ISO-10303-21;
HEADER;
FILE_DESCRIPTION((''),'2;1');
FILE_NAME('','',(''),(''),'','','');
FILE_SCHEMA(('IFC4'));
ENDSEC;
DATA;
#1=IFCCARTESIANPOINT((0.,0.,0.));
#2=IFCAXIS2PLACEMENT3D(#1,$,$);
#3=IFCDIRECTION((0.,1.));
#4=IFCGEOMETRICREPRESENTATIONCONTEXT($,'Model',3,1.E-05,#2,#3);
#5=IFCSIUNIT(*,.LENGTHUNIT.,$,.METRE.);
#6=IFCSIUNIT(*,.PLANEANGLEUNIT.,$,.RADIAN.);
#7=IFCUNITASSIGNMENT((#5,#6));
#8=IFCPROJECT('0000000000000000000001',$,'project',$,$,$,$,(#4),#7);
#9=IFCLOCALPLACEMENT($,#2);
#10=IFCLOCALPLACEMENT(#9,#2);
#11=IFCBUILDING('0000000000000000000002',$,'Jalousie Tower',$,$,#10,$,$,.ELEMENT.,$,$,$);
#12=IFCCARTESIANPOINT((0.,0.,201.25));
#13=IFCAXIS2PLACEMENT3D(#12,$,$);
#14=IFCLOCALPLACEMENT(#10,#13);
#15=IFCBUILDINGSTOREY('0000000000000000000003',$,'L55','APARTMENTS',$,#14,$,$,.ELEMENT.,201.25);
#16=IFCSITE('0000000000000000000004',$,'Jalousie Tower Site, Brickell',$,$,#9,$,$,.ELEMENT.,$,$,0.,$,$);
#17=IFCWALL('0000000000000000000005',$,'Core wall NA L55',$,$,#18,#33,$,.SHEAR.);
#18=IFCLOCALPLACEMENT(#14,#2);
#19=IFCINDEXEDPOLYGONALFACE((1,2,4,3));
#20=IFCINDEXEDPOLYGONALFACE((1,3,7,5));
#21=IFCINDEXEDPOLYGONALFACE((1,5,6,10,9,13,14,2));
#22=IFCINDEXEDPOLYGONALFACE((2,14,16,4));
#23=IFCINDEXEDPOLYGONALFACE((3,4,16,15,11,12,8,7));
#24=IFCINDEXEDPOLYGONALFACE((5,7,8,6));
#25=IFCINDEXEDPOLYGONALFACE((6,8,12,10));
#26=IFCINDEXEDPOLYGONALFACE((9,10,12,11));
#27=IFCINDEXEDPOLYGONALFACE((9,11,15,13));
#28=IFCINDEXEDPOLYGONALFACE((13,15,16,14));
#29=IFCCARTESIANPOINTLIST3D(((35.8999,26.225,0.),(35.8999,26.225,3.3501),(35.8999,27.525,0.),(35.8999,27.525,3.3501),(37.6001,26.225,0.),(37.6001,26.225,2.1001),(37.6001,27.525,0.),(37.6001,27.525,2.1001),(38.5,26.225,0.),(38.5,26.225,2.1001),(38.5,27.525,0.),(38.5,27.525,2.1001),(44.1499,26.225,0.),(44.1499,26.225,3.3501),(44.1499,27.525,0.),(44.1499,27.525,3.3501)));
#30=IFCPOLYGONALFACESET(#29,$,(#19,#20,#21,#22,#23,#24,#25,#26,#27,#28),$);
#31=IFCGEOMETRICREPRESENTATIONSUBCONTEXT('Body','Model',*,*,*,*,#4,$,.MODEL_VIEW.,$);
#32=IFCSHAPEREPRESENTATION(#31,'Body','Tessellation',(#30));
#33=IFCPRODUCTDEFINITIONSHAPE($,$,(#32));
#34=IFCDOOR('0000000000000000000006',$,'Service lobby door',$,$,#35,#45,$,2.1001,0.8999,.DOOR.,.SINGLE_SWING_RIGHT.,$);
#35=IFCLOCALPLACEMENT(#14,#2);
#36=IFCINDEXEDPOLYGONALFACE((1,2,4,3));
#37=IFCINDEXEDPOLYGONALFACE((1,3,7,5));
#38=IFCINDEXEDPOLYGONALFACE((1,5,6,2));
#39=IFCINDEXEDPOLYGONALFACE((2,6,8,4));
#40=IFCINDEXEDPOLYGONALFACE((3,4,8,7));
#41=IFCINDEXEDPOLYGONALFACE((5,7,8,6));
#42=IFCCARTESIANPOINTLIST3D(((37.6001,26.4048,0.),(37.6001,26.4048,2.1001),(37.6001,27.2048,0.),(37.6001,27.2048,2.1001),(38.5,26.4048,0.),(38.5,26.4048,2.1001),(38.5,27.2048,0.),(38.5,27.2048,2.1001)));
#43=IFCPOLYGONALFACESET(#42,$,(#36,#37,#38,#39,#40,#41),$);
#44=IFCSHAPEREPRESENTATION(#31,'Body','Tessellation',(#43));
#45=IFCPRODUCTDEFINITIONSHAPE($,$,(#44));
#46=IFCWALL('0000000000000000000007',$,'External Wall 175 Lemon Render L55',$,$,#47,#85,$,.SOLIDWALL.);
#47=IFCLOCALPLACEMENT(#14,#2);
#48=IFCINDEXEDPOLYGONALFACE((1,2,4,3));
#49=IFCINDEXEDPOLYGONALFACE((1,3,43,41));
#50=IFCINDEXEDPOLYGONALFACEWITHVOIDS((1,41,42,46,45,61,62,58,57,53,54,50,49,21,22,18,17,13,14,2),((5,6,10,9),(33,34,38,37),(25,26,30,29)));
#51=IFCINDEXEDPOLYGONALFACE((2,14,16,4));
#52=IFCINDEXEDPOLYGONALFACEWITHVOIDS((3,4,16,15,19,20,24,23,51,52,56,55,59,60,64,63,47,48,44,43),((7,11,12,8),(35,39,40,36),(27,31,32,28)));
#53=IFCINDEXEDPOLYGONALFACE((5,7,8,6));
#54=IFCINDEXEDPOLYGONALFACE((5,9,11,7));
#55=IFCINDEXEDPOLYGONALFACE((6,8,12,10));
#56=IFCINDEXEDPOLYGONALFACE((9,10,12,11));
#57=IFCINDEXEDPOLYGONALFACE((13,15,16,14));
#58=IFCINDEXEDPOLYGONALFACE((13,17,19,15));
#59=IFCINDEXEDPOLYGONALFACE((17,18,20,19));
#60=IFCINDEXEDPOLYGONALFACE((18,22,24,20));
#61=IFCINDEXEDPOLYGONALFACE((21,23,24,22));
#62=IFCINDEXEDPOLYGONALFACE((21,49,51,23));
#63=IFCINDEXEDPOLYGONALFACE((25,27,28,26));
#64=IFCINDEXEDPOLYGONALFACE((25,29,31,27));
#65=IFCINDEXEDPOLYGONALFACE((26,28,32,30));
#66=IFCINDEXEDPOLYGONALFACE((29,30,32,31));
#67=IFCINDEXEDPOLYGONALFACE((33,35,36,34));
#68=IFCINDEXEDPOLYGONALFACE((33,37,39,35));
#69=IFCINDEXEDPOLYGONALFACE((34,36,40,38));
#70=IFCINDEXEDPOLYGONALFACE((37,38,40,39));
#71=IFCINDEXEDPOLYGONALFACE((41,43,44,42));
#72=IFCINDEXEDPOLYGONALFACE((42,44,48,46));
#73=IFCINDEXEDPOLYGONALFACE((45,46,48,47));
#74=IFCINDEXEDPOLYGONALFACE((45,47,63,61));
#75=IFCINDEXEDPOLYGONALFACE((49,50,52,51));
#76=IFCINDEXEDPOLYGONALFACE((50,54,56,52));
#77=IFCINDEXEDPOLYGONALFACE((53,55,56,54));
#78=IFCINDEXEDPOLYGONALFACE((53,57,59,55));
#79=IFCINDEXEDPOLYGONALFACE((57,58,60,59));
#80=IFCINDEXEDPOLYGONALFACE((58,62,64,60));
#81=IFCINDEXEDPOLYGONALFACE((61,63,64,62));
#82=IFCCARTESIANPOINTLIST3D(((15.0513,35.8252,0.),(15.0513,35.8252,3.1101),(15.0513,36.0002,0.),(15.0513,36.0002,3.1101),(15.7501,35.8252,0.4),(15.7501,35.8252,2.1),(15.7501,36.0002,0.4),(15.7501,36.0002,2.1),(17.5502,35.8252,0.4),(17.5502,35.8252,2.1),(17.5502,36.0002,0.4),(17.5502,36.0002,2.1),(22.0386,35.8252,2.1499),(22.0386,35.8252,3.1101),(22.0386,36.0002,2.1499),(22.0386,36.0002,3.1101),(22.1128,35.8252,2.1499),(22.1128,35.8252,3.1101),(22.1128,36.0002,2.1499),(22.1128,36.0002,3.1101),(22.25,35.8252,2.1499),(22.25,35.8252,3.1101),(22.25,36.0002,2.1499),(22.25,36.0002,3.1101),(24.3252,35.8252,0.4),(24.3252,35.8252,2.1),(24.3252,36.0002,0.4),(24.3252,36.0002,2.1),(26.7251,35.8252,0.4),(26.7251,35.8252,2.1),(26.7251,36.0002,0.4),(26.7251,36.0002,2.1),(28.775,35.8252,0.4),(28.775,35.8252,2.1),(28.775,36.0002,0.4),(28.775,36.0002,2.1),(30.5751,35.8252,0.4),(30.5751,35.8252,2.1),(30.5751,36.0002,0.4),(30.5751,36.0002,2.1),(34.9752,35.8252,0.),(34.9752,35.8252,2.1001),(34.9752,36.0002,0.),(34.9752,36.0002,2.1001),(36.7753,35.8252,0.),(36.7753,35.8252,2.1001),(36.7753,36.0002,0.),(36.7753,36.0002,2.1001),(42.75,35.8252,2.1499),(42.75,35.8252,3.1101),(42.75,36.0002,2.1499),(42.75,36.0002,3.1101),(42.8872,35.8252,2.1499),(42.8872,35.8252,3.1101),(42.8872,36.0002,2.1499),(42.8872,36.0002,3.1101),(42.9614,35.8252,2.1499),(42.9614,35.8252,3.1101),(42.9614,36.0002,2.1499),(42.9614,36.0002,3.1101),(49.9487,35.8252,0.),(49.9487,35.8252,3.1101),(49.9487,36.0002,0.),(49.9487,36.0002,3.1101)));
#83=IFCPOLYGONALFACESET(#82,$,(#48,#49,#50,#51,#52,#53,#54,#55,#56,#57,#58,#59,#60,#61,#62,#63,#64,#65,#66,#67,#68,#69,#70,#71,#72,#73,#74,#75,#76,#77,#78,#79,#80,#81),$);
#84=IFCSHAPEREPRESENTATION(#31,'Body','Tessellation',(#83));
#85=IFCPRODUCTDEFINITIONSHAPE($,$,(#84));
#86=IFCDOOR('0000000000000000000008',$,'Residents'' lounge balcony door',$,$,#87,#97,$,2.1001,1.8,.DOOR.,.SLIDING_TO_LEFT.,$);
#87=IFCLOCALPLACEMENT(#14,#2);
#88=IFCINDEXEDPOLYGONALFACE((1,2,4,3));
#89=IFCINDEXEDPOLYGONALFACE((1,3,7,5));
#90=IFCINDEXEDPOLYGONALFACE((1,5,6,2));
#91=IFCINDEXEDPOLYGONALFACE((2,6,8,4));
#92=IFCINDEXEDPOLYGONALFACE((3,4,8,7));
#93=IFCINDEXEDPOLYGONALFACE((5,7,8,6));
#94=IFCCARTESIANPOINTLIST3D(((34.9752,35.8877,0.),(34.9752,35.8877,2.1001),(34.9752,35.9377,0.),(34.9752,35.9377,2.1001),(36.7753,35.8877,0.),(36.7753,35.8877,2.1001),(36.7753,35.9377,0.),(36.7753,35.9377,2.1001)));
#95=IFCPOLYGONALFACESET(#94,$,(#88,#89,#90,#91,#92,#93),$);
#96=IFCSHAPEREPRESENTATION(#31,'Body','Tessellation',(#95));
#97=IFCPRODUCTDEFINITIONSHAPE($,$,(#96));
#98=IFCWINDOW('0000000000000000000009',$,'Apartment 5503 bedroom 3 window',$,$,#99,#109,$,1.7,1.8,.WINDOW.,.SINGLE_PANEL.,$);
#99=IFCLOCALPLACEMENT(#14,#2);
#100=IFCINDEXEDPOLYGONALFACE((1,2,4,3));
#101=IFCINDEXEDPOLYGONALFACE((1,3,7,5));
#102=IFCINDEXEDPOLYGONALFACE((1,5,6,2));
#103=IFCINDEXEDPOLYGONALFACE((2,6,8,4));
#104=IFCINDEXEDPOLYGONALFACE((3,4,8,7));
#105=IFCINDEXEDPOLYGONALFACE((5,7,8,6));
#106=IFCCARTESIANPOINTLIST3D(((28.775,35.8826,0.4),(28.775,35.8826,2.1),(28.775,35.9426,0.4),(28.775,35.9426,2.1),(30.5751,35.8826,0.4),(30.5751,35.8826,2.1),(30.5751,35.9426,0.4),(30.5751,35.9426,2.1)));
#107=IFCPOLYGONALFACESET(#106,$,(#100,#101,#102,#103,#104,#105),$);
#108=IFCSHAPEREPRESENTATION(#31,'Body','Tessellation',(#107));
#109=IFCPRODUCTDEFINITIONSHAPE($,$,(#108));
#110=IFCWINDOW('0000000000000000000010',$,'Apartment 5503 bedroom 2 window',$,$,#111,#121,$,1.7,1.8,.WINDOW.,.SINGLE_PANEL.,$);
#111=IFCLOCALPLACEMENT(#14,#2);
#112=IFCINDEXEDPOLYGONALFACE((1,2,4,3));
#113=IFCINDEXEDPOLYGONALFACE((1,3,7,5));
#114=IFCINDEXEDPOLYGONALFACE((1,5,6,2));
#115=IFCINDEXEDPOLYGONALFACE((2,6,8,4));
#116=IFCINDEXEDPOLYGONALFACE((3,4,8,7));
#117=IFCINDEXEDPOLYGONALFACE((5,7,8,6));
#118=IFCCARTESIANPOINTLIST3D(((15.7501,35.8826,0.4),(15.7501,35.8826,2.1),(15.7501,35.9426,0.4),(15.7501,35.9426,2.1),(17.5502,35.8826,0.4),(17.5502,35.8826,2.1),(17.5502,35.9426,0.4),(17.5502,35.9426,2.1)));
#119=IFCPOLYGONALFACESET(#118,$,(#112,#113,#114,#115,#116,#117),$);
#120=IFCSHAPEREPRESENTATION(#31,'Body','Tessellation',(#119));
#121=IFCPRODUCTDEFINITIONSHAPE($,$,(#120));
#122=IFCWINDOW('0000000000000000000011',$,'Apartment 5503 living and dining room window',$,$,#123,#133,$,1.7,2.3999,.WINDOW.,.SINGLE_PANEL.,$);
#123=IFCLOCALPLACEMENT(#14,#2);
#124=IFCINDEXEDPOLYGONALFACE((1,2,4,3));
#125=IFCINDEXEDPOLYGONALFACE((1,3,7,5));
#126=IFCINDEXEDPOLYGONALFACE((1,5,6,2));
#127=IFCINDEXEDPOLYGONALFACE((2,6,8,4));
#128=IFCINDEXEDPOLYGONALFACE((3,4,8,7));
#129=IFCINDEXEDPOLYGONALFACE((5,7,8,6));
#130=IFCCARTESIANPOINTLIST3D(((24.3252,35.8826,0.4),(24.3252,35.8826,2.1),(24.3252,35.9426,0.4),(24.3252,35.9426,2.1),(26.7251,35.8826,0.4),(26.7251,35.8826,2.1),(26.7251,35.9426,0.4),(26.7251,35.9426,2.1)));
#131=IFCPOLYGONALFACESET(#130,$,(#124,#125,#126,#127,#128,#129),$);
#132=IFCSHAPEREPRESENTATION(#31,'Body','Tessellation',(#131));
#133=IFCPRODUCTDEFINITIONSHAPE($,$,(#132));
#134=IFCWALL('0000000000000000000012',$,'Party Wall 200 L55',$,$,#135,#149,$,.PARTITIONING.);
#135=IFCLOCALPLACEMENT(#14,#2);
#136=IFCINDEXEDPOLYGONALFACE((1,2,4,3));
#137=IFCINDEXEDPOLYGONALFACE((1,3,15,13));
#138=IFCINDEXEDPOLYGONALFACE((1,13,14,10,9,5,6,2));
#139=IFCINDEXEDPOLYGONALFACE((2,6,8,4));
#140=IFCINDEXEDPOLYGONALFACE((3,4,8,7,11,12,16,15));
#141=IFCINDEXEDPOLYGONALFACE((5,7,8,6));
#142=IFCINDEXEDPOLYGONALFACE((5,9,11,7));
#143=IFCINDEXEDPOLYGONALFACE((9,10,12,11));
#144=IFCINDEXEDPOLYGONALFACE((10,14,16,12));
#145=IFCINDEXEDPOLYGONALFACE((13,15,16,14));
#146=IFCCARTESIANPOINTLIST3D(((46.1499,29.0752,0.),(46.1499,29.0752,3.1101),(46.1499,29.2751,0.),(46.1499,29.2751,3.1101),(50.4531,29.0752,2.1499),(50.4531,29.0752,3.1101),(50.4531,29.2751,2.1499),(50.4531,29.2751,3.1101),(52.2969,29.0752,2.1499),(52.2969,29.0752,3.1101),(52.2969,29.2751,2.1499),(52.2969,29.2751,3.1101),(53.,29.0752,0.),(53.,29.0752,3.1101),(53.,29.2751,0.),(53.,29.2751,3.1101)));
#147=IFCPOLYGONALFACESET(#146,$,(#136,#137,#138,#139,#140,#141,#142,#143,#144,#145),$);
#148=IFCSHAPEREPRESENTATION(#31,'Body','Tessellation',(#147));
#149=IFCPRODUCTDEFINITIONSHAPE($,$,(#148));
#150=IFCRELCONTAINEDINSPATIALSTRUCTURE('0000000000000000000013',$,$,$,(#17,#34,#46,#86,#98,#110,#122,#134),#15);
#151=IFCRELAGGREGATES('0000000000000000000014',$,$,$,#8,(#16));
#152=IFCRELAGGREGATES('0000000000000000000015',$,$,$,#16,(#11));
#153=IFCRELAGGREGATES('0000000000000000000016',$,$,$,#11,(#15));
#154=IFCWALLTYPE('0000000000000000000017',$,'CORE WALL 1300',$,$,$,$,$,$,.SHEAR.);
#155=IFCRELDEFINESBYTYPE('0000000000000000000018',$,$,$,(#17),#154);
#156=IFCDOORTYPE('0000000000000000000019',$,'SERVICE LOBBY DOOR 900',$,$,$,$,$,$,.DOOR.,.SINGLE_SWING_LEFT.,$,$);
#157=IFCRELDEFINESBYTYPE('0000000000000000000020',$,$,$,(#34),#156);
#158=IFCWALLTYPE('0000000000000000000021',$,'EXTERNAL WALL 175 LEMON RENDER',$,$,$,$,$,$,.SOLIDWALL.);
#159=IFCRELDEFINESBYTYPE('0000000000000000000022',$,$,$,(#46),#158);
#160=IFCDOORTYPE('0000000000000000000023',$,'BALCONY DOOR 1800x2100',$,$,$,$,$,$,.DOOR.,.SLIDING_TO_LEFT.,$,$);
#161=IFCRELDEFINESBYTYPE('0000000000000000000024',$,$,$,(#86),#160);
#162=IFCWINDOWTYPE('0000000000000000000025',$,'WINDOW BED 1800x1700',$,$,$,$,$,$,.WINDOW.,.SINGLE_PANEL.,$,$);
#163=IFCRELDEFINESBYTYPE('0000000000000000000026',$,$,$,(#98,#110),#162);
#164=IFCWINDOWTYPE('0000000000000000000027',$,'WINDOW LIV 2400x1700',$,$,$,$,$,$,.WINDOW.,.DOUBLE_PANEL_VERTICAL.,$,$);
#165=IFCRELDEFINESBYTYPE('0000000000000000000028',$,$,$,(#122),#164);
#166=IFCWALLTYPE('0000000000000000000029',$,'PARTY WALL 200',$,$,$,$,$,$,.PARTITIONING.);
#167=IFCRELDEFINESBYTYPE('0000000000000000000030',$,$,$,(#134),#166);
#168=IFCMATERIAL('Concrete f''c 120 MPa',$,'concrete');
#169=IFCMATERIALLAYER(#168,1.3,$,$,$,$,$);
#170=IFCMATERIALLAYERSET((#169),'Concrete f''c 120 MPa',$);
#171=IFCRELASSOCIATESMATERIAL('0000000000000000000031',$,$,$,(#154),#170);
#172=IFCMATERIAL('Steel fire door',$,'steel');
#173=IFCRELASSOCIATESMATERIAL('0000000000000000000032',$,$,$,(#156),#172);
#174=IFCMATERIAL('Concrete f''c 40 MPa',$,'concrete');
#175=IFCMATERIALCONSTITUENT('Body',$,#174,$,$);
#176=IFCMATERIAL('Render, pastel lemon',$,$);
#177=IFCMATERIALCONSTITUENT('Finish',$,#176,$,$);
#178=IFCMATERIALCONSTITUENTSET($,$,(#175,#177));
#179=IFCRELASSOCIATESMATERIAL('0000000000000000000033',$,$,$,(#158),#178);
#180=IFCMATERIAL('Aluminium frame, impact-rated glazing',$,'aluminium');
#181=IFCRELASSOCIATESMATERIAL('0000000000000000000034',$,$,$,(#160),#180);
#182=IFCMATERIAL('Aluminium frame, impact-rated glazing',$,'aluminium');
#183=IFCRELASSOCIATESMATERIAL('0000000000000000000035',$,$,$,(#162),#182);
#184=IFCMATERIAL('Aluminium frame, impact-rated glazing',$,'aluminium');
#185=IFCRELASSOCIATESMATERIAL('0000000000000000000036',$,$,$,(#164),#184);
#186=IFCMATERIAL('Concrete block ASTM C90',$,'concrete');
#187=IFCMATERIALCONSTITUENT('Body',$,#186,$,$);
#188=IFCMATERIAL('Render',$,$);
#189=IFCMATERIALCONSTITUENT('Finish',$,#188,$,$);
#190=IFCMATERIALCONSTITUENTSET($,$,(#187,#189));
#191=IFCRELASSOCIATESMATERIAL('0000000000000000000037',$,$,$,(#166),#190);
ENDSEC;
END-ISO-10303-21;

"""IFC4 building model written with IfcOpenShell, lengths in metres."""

from ifc_helpers import new_model, si_unit, direction, frame, frame_2d, origin, place, context, subcontext, project, spatial, polyline, rectangle, outline, extrude, material, layer, layer_set, constituent, constituent_set, type_object, element, fill, save


model = new_model("IFC4")

# Units and contexts
model_context = context("Model", 3, precision=1e-05, world=origin(), true_north=direction((0.0, 1.0)))
body_context = subcontext(model_context, "Body", "Model", "MODEL_VIEW")
ifc_project = project(units=[si_unit("LENGTHUNIT", "METRE"), si_unit("PLANEANGLEUNIT", "RADIAN")], contexts=[model_context])

# Site, building, storey
site_placement = place(None, origin())
site = spatial("IfcSite", under=ifc_project, at=site_placement, Name="Jalousie Tower Site, Brickell", CompositionType="ELEMENT", RefElevation=0.0)
building_placement = place(site_placement, origin())
building = spatial("IfcBuilding", under=site, at=building_placement, Name="Jalousie Tower", CompositionType="ELEMENT")
storey_placement = place(building_placement, frame((0.0, 0.0, 201.25)))
storey = spatial("IfcBuildingStorey", under=building, at=storey_placement, Name="L55", Description="APARTMENTS", CompositionType="ELEMENT", Elevation=201.25)

# Wall, opening, door
ifc_material_1 = material(Name="Concrete f'c 120 MPa", Category="concrete")
ifc_layer_1 = layer(ifc_material_1, 1.3)
ifc_layer_set_1 = layer_set([ifc_layer_1], Name="Concrete f'c 120 MPa")
wall_type_1 = type_object("IfcWallType", Name="CORE WALL 1300", PredefinedType="SHEAR", material=ifc_layer_set_1)
wall_1_placement = place(storey_placement, frame((44.1499, 26.875, 0.0), z_axis=(0.0, 0.0, 1.0), x_axis=(-1.0, 0.0, 0.0)))
wall_1 = element("IfcWall", 1, at=wall_1_placement, inside=storey, type_object=wall_type_1, Name="Core wall NA L55", PredefinedType="SHEAR", context=body_context, shape_type="SweptSolid", body=[
    extrude(rectangle(XDim=8.25, YDim=1.3, at=frame_2d((4.125, 0.0))), origin(), (0.0, 0.0, 1.0), 3.3501),
])
opening_1_placement = place(wall_1_placement, frame((5.6499, 0.0, 0.0)))
opening_1 = element("IfcOpeningElement", 2, at=opening_1_placement, cuts=wall_1, PredefinedType="OPENING", context=body_context, shape_type="SweptSolid", body=[
    extrude(rectangle(XDim=0.8999, YDim=2.1001, at=frame_2d((0.45, 1.05))), frame((0.0, 0.6599, 0.0), z_axis=(0.0, -1.0, 0.0), x_axis=(1.0, 0.0, 0.0)), (0.0, 0.0, 1.0), 1.3201),
])
ifc_material_2 = material(Name="Steel fire door", Category="steel")
door_type_1 = type_object("IfcDoorType", Name="SERVICE LOBBY DOOR 900", OperationType="SINGLE_SWING_LEFT", PredefinedType="DOOR", material=ifc_material_2)
door_1_placement = place(opening_1_placement, origin())
door_1 = element("IfcDoor", 3, at=door_1_placement, inside=storey, type_object=door_type_1, Name="Service lobby door", OperationType="SINGLE_SWING_RIGHT", OverallHeight=2.1001, OverallWidth=0.8999, PredefinedType="DOOR", context=body_context, shape_type="SweptSolid", body=[
    extrude(rectangle(XDim=0.8999, YDim=2.1001, at=frame_2d((0.45, 1.05))), frame((0.0, 0.4702, 0.0), z_axis=(0.0, -1.0, 0.0), x_axis=(1.0, 0.0, 0.0)), (0.0, 0.0, 1.0), 0.8),
])
fill(opening_1, door_1)

# Wall, openings, door, windows
ifc_material_3 = material(Name="Concrete f'c 40 MPa", Category="concrete")
ifc_constituent_1 = constituent(ifc_material_3, Name="Body")
ifc_material_4 = material(Name="Render, pastel lemon")
ifc_constituent_2 = constituent(ifc_material_4, Name="Finish")
ifc_constituent_set_1 = constituent_set(constituents=[ifc_constituent_1, ifc_constituent_2])
wall_type_2 = type_object("IfcWallType", Name="EXTERNAL WALL 175 LEMON RENDER", PredefinedType="SOLIDWALL", material=ifc_constituent_set_1)
wall_2_placement = place(storey_placement, frame((49.9487, 35.9126, 0.0), z_axis=(0.0, 0.0, 1.0), x_axis=(-1.0, 0.0, 0.0)))
wall_2 = element("IfcWall", 4, at=wall_2_placement, inside=storey, type_object=wall_type_2, Name="External Wall 175 Lemon Render L55", PredefinedType="SOLIDWALL", context=body_context, shape_type="SweptSolid", body=[
    extrude(outline(polyline([(0.0, 0.0), (34.8975, 0.0), (34.8975, 3.1101), (27.9102, 3.1101), (27.9102, 2.1499), (27.8359, 2.1499), (27.8359, 3.1101), (27.6987, 3.1101), (27.6987, 2.1499), (7.1987, 2.1499), (7.1987, 3.1101), (7.0615, 3.1101), (7.0615, 2.1499), (6.9873, 2.1499), (6.9873, 3.1101), (0.0, 3.1101), (0.0, 0.0)])), frame((0.0, 0.0874, 0.0), z_axis=(0.0, -1.0, 0.0), x_axis=(1.0, 0.0, 0.0)), (0.0, 0.0, 1.0), 0.175),
])
opening_2_placement = place(wall_2_placement, frame((13.1736, 0.0, 0.0)))
opening_2 = element("IfcOpeningElement", 5, at=opening_2_placement, cuts=wall_2, PredefinedType="OPENING", context=body_context, shape_type="SweptSolid", body=[
    extrude(rectangle(XDim=1.8, YDim=2.1001, at=frame_2d((0.8999, 1.05))), frame((0.0, 0.0974, 0.0), z_axis=(0.0, -1.0, 0.0), x_axis=(1.0, 0.0, 0.0)), (0.0, 0.0, 1.0), 0.1951),
])
opening_3_placement = place(wall_2_placement, frame((19.3738, 0.0, 0.3999)))
opening_3 = element("IfcOpeningElement", 6, at=opening_3_placement, cuts=wall_2, PredefinedType="OPENING", context=body_context, shape_type="SweptSolid", body=[
    extrude(rectangle(XDim=1.8, YDim=1.7, at=frame_2d((0.8999, 0.8501))), frame((0.0, 0.0974, 0.0), z_axis=(0.0, -1.0, 0.0), x_axis=(1.0, 0.0, 0.0)), (0.0, 0.0, 1.0), 0.1951),
])
opening_4_placement = place(wall_2_placement, frame((23.2236, 0.0, 0.3999)))
opening_4 = element("IfcOpeningElement", 7, at=opening_4_placement, cuts=wall_2, PredefinedType="OPENING", context=body_context, shape_type="SweptSolid", body=[
    extrude(rectangle(XDim=2.3999, YDim=1.7, at=frame_2d((1.2, 0.8501))), frame((0.0, 0.0974, 0.0), z_axis=(0.0, -1.0, 0.0), x_axis=(1.0, 0.0, 0.0)), (0.0, 0.0, 1.0), 0.1951),
])
opening_5_placement = place(wall_2_placement, frame((32.3987, 0.0, 0.3999)))
opening_5 = element("IfcOpeningElement", 8, at=opening_5_placement, cuts=wall_2, PredefinedType="OPENING", context=body_context, shape_type="SweptSolid", body=[
    extrude(rectangle(XDim=1.8, YDim=1.7, at=frame_2d((0.8999, 0.8501))), frame((0.0, 0.0974, 0.0), z_axis=(0.0, -1.0, 0.0), x_axis=(1.0, 0.0, 0.0)), (0.0, 0.0, 1.0), 0.1951),
])
ifc_material_5 = material(Name="Aluminium frame, impact-rated glazing", Category="aluminium")
door_type_2 = type_object("IfcDoorType", Name="BALCONY DOOR 1800x2100", OperationType="SLIDING_TO_LEFT", PredefinedType="DOOR", material=ifc_material_5)
door_2_placement = place(opening_2_placement, origin())
door_2 = element("IfcDoor", 9, at=door_2_placement, inside=storey, type_object=door_type_2, Name="Residents' lounge balcony door", OperationType="SLIDING_TO_LEFT", OverallHeight=2.1001, OverallWidth=1.8, PredefinedType="DOOR", context=body_context, shape_type="SweptSolid", body=[
    extrude(rectangle(XDim=1.8, YDim=2.1001, at=frame_2d((0.8999, 1.05))), frame((0.0, 0.0249, 0.0), z_axis=(0.0, -1.0, 0.0), x_axis=(1.0, 0.0, 0.0)), (0.0, 0.0, 1.0), 0.05),
])
fill(opening_2, door_2)
ifc_material_6 = material(Name="Aluminium frame, impact-rated glazing", Category="aluminium")
window_type_1 = type_object("IfcWindowType", Name="WINDOW BED 1800x1700", PartitioningType="SINGLE_PANEL", PredefinedType="WINDOW", material=ifc_material_6)
window_1_placement = place(opening_3_placement, origin())
window_1 = element("IfcWindow", 10, at=window_1_placement, inside=storey, type_object=window_type_1, Name="Apartment 5503 bedroom 3 window", OverallHeight=1.7, OverallWidth=1.8, PartitioningType="SINGLE_PANEL", PredefinedType="WINDOW", context=body_context, shape_type="SweptSolid", body=[
    extrude(rectangle(XDim=1.8, YDim=1.7, at=frame_2d((0.8999, 0.8501))), frame((0.0, 0.03, 0.0), z_axis=(0.0, -1.0, 0.0), x_axis=(1.0, 0.0, 0.0)), (0.0, 0.0, 1.0), 0.0601),
])
fill(opening_3, window_1)
window_2_placement = place(opening_5_placement, origin())
window_2 = element("IfcWindow", 11, at=window_2_placement, inside=storey, type_object=window_type_1, Name="Apartment 5503 bedroom 2 window", OverallHeight=1.7, OverallWidth=1.8, PartitioningType="SINGLE_PANEL", PredefinedType="WINDOW", context=body_context, shape_type="SweptSolid", body=[
    extrude(rectangle(XDim=1.8, YDim=1.7, at=frame_2d((0.8999, 0.8501))), frame((0.0, 0.03, 0.0), z_axis=(0.0, -1.0, 0.0), x_axis=(1.0, 0.0, 0.0)), (0.0, 0.0, 1.0), 0.0601),
])
fill(opening_5, window_2)
ifc_material_7 = material(Name="Aluminium frame, impact-rated glazing", Category="aluminium")
window_type_2 = type_object("IfcWindowType", Name="WINDOW LIV 2400x1700", PartitioningType="DOUBLE_PANEL_VERTICAL", PredefinedType="WINDOW", material=ifc_material_7)
window_3_placement = place(opening_4_placement, origin())
window_3 = element("IfcWindow", 12, at=window_3_placement, inside=storey, type_object=window_type_2, Name="Apartment 5503 living and dining room window", OverallHeight=1.7, OverallWidth=2.3999, PartitioningType="SINGLE_PANEL", PredefinedType="WINDOW", context=body_context, shape_type="SweptSolid", body=[
    extrude(rectangle(XDim=2.3999, YDim=1.7, at=frame_2d((1.2, 0.8501))), frame((0.0, 0.03, 0.0), z_axis=(0.0, -1.0, 0.0), x_axis=(1.0, 0.0, 0.0)), (0.0, 0.0, 1.0), 0.0601),
])
fill(opening_4, window_3)

# Wall
ifc_material_8 = material(Name="Concrete block ASTM C90", Category="concrete")
ifc_constituent_3 = constituent(ifc_material_8, Name="Body")
ifc_material_9 = material(Name="Render")
ifc_constituent_4 = constituent(ifc_material_9, Name="Finish")
ifc_constituent_set_2 = constituent_set(constituents=[ifc_constituent_3, ifc_constituent_4])
wall_type_3 = type_object("IfcWallType", Name="PARTY WALL 200", PredefinedType="PARTITIONING", material=ifc_constituent_set_2)
wall_3_placement = place(storey_placement, frame((46.1499, 29.175, 0.0), z_axis=(0.0, 0.0, 1.0), x_axis=(1.0, 0.0, 0.0)))
element("IfcWall", 13, at=wall_3_placement, inside=storey, type_object=wall_type_3, Name="Party Wall 200 L55", PredefinedType="PARTITIONING", context=body_context, shape_type="SweptSolid", body=[
    extrude(outline(polyline([(0.0, 0.0), (6.8501, 0.0), (6.8501, 3.1101), (6.147, 3.1101), (6.147, 2.1499), (4.3032, 2.1499), (4.3032, 3.1101), (0.0, 3.1101), (0.0, 0.0)])), frame((0.0, 0.1001, 0.0), z_axis=(0.0, -1.0, 0.0), x_axis=(1.0, 0.0, 0.0)), (0.0, 0.0, 1.0), 0.2),
])

save(model, "model.ifc")
